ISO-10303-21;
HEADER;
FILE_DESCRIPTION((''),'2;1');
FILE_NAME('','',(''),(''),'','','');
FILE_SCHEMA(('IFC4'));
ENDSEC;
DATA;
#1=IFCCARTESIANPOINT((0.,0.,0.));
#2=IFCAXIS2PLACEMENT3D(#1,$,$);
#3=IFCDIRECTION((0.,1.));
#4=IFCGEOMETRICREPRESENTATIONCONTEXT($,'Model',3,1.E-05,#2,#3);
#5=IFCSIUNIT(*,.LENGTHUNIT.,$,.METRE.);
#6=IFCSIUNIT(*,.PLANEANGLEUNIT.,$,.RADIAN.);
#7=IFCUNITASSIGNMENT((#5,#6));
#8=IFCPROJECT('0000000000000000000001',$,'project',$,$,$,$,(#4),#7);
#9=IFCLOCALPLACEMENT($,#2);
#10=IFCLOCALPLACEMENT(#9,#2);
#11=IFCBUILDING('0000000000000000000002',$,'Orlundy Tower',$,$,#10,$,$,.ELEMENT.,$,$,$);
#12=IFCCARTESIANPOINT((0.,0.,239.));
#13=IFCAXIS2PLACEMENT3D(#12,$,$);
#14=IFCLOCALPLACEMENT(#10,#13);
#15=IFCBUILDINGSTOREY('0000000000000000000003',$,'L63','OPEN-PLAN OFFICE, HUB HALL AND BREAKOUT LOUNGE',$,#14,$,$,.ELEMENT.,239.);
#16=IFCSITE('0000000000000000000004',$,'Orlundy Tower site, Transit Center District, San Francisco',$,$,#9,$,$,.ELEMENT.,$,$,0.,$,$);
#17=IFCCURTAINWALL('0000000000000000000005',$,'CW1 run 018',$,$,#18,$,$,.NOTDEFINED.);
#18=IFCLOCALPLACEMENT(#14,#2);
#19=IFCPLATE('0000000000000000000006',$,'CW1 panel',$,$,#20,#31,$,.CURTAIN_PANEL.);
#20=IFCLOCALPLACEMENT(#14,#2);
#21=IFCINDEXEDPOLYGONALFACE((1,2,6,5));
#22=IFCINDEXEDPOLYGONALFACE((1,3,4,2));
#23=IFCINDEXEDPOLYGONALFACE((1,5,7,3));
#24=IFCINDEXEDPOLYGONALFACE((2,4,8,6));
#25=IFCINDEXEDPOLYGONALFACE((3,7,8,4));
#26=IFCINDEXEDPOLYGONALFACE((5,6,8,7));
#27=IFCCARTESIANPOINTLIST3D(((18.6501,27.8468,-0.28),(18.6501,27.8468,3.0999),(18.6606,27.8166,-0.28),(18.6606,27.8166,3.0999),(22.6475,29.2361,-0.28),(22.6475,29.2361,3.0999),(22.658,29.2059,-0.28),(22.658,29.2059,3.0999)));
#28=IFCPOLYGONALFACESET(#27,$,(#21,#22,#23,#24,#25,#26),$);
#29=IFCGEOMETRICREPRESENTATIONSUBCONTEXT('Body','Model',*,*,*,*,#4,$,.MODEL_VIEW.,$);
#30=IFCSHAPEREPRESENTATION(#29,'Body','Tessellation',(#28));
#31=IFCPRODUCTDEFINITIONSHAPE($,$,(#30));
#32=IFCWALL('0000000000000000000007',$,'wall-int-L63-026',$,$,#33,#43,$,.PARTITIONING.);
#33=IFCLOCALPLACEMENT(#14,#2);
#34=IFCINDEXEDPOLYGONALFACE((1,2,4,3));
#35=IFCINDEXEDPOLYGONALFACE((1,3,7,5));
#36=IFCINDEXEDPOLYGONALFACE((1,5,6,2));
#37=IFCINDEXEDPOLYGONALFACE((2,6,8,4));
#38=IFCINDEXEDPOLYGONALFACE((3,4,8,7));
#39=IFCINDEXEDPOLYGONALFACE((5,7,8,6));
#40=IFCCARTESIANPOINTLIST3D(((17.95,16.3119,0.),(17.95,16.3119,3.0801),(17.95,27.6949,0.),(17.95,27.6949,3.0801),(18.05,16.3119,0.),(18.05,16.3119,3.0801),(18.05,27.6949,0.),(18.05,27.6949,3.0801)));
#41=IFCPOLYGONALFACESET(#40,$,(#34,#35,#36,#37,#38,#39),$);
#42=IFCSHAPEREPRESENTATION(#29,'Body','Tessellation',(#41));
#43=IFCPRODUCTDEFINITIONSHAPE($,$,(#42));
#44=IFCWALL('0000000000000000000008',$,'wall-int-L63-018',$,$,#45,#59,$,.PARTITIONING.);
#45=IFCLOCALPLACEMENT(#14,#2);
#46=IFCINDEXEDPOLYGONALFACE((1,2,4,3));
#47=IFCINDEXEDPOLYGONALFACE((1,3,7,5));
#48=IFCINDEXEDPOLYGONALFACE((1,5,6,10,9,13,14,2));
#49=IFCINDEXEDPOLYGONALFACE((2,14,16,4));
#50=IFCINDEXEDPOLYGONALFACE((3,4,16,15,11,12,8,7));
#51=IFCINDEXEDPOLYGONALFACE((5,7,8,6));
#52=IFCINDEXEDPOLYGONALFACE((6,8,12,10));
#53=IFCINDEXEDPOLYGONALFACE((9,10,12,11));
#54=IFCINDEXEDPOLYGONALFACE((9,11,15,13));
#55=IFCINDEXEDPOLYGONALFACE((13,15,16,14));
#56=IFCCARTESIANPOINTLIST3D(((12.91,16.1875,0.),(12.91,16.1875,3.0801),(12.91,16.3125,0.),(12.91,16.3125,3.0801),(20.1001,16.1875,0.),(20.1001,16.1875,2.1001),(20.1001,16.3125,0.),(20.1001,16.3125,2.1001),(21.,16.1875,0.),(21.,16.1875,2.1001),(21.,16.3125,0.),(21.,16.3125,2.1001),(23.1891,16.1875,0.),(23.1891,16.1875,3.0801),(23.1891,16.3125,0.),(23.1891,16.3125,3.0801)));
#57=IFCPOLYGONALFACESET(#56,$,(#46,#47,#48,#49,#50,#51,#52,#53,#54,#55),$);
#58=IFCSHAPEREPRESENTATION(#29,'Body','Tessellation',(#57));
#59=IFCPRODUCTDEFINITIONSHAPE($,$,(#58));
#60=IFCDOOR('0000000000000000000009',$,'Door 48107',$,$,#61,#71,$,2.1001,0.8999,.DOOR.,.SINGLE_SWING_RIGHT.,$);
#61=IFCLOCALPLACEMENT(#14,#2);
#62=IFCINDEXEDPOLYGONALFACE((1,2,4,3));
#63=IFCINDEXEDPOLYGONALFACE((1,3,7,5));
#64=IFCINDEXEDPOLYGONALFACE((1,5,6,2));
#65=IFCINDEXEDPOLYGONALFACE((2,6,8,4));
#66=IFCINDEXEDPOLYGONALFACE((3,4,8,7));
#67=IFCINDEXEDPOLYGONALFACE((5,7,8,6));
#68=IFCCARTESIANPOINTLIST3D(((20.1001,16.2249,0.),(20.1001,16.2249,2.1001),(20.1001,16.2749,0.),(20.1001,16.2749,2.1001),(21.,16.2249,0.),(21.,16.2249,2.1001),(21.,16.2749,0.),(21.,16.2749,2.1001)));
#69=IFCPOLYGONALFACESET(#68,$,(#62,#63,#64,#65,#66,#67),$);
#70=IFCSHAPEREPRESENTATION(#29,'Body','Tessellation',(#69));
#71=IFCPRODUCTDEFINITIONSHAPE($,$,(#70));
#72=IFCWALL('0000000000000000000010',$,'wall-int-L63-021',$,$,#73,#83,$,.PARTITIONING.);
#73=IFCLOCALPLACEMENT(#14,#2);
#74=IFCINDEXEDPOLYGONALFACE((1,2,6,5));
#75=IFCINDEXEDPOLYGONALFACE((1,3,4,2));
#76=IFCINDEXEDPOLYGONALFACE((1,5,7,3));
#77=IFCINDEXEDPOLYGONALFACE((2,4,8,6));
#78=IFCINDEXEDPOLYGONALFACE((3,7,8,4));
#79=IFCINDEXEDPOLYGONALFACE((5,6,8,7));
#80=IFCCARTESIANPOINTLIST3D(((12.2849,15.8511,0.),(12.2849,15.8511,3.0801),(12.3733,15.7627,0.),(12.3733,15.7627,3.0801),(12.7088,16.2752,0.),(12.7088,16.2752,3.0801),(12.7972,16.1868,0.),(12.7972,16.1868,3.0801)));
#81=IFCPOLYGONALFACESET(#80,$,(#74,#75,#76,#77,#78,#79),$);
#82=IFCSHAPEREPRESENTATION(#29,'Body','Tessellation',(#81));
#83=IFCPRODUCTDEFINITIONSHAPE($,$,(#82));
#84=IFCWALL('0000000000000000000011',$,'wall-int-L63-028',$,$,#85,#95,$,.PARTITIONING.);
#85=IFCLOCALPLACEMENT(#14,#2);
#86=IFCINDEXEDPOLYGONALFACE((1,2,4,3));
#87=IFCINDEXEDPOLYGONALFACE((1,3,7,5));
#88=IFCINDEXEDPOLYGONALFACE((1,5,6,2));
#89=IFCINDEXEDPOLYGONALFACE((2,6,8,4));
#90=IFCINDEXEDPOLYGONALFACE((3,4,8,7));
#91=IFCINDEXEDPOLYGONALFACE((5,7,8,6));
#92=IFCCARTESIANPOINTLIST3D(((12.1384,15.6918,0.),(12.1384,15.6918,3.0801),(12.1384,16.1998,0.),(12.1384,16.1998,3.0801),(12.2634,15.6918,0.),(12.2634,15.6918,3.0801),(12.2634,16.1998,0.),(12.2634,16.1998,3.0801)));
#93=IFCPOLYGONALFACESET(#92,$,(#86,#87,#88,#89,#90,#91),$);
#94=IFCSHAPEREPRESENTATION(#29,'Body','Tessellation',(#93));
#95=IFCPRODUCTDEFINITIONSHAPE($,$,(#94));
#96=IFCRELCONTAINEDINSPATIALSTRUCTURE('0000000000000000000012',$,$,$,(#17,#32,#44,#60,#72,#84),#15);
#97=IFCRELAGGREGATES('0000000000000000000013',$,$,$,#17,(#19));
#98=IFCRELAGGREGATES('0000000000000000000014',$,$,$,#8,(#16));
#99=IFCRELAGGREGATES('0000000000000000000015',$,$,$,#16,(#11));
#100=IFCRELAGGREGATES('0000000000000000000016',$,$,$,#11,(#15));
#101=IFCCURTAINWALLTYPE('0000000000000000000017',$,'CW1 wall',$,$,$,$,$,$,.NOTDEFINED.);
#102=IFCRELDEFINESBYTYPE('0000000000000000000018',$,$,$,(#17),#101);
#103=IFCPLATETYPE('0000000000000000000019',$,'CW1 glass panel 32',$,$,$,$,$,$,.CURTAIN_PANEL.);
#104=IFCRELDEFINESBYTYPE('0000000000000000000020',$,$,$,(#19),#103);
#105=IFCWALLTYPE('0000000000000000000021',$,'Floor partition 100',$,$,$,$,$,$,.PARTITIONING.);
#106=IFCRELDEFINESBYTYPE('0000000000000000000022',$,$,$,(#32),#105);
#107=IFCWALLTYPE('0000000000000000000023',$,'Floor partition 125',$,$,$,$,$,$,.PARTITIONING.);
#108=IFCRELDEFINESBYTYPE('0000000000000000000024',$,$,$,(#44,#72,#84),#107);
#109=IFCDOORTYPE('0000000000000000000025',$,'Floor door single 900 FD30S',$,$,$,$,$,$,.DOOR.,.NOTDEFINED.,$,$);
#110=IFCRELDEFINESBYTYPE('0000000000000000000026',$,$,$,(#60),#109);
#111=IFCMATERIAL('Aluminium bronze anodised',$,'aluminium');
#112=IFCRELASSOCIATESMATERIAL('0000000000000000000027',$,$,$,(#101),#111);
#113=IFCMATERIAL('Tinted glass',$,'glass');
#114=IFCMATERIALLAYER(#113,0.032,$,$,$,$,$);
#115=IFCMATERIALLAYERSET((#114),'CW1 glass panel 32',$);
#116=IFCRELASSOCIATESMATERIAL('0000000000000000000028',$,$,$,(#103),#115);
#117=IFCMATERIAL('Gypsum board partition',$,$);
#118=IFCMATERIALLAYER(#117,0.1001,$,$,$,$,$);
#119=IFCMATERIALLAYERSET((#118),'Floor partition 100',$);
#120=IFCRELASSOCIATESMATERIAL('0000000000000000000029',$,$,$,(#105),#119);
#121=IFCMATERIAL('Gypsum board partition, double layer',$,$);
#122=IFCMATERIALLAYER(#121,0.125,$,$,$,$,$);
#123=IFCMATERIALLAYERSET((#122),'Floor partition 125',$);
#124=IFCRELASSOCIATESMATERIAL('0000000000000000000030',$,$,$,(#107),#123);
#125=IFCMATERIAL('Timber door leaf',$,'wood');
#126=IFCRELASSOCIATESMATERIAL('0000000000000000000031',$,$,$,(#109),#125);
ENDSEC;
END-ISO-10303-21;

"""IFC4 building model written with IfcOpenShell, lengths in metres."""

from ifc_helpers import new_model, si_unit, direction, frame, frame_2d, origin, origin_2d, place, context, subcontext, project, spatial, rectangle, extrude, material, layer, layer_set, type_object, element, fill, aggregate, save


model = new_model("IFC4")

# Units and contexts
model_context = context("Model", 3, precision=1e-05, world=origin(), true_north=direction((0.0, 1.0)))
body_context = subcontext(model_context, "Body", "Model", "MODEL_VIEW")
ifc_project = project(units=[si_unit("LENGTHUNIT", "METRE"), si_unit("PLANEANGLEUNIT", "RADIAN")], contexts=[model_context])

# Site, building, storey
site_placement = place(None, origin())
site = spatial("IfcSite", under=ifc_project, at=site_placement, Name="Orlundy Tower site, Transit Center District, San Francisco", CompositionType="ELEMENT", RefElevation=0.0)
building_placement = place(site_placement, origin())
building = spatial("IfcBuilding", under=site, at=building_placement, Name="Orlundy Tower", CompositionType="ELEMENT")
storey_placement = place(building_placement, frame((0.0, 0.0, 239.0)))
storey = spatial("IfcBuildingStorey", under=building, at=storey_placement, Name="L63", Description="OPEN-PLAN OFFICE, HUB HALL AND BREAKOUT LOUNGE", CompositionType="ELEMENT", Elevation=239.0)

# Curtain wall
ifc_material_1 = material(Name="Aluminium bronze anodised", Category="aluminium")
curtain_wall_type = type_object("IfcCurtainWallType", Name="CW1 wall", PredefinedType="NOTDEFINED", material=ifc_material_1)
curtain_wall_1_placement = place(storey_placement, origin())
curtain_wall_1 = element("IfcCurtainWall", 1, at=curtain_wall_1_placement, inside=storey, type_object=curtain_wall_type, Name="CW1 run 018", PredefinedType="NOTDEFINED")

# Plate
ifc_material_2 = material(Name="Tinted glass", Category="glass")
ifc_layer_1 = layer(ifc_material_2, 0.032)
ifc_layer_set_1 = layer_set([ifc_layer_1], Name="CW1 glass panel 32")
plate_type = type_object("IfcPlateType", Name="CW1 glass panel 32", PredefinedType="CURTAIN_PANEL", material=ifc_layer_set_1)
plate_1_placement = place(storey_placement, frame((20.6541, 28.5264, -0.28), z_axis=(0.0, 0.0, 1.0), x_axis=(0.944574, 0.328298, 0.0)))
plate_1 = element("IfcPlate", 2, at=plate_1_placement, type_object=plate_type, Name="CW1 panel", PredefinedType="CURTAIN_PANEL", context=body_context, shape_type="SweptSolid", body=[
    extrude(rectangle(XDim=4.2319, YDim=0.032, at=origin_2d()), origin(), (0.0, 0.0, 1.0), 3.3799),
])
aggregate(curtain_wall_1, [plate_1])

# Wall
ifc_material_3 = material(Name="Gypsum board partition")
ifc_layer_2 = layer(ifc_material_3, 0.1001)
ifc_layer_set_2 = layer_set([ifc_layer_2], Name="Floor partition 100")
wall_type_1 = type_object("IfcWallType", Name="Floor partition 100", PredefinedType="PARTITIONING", material=ifc_layer_set_2)
wall_1_placement = place(storey_placement, frame((18.0, 16.312, 0.0), z_axis=(0.0, 0.0, 1.0), x_axis=(0.0, 1.0, 0.0)))
element("IfcWall", 3, at=wall_1_placement, inside=storey, type_object=wall_type_1, Name="wall-int-L63-026", PredefinedType="PARTITIONING", context=body_context, shape_type="SweptSolid", body=[
    extrude(rectangle(XDim=11.3831, YDim=0.1001, at=frame_2d((5.6914, 0.0))), origin(), (0.0, 0.0, 1.0), 3.0801),
])

# Wall, opening, door
ifc_material_4 = material(Name="Gypsum board partition, double layer")
ifc_layer_3 = layer(ifc_material_4, 0.125)
ifc_layer_set_3 = layer_set([ifc_layer_3], Name="Floor partition 125")
wall_type_2 = type_object("IfcWallType", Name="Floor partition 125", PredefinedType="PARTITIONING", material=ifc_layer_set_3)
wall_2_placement = place(storey_placement, frame((12.9099, 16.25, 0.0), z_axis=(0.0, 0.0, 1.0), x_axis=(1.0, 0.0, 0.0)))
wall_2 = element("IfcWall", 4, at=wall_2_placement, inside=storey, type_object=wall_type_2, Name="wall-int-L63-018", PredefinedType="PARTITIONING", context=body_context, shape_type="SweptSolid", body=[
    extrude(rectangle(XDim=10.2791, YDim=0.125, at=frame_2d((5.1396, 0.0))), origin(), (0.0, 0.0, 1.0), 3.0801),
])
opening_placement = place(wall_2_placement, frame((7.1902, 0.0, 0.0)))
opening = element("IfcOpeningElement", 5, at=opening_placement, cuts=wall_2, PredefinedType="OPENING", context=body_context, shape_type="SweptSolid", body=[
    extrude(rectangle(XDim=0.8999, YDim=2.1001, at=frame_2d((0.45, 1.05))), frame((0.0, 0.0725, 0.0), z_axis=(0.0, -1.0, 0.0), x_axis=(1.0, 0.0, 0.0)), (0.0, 0.0, 1.0), 0.145),
])
ifc_material_5 = material(Name="Timber door leaf", Category="wood")
door_type = type_object("IfcDoorType", Name="Floor door single 900 FD30S", OperationType="NOTDEFINED", PredefinedType="DOOR", material=ifc_material_5)
door_placement = place(opening_placement, origin())
door = element("IfcDoor", 6, at=door_placement, inside=storey, type_object=door_type, Name="Door 48107", OperationType="SINGLE_SWING_RIGHT", OverallHeight=2.1001, OverallWidth=0.8999, PredefinedType="DOOR", context=body_context, shape_type="SweptSolid", body=[
    extrude(rectangle(XDim=0.8999, YDim=2.1001, at=frame_2d((0.45, 1.05))), frame((0.0, 0.0249, 0.0), z_axis=(0.0, -1.0, 0.0), x_axis=(1.0, 0.0, 0.0)), (0.0, 0.0, 1.0), 0.05),
])
fill(opening, door)

# Walls
wall_3_placement = place(storey_placement, frame((12.3291, 15.8069, 0.0), z_axis=(0.0, 0.0, 1.0), x_axis=(0.706903, 0.70731, 0.0)))
element("IfcWall", 7, at=wall_3_placement, inside=storey, type_object=wall_type_2, Name="wall-int-L63-021", PredefinedType="PARTITIONING", context=body_context, shape_type="SweptSolid", body=[
    extrude(rectangle(XDim=0.5996, YDim=0.125, at=frame_2d((0.2998, 0.0))), origin(), (0.0, 0.0, 1.0), 3.0801),
])
wall_4_placement = place(storey_placement, frame((12.2009, 15.6919, 0.0), z_axis=(0.0, 0.0, 1.0), x_axis=(0.0, 1.0, 0.0)))
element("IfcWall", 8, at=wall_4_placement, inside=storey, type_object=wall_type_2, Name="wall-int-L63-028", PredefinedType="PARTITIONING", context=body_context, shape_type="SweptSolid", body=[
    extrude(rectangle(XDim=0.5081, YDim=0.125, at=frame_2d((0.2539, 0.0))), origin(), (0.0, 0.0, 1.0), 3.0801),
])

save(model, "model.ifc")
